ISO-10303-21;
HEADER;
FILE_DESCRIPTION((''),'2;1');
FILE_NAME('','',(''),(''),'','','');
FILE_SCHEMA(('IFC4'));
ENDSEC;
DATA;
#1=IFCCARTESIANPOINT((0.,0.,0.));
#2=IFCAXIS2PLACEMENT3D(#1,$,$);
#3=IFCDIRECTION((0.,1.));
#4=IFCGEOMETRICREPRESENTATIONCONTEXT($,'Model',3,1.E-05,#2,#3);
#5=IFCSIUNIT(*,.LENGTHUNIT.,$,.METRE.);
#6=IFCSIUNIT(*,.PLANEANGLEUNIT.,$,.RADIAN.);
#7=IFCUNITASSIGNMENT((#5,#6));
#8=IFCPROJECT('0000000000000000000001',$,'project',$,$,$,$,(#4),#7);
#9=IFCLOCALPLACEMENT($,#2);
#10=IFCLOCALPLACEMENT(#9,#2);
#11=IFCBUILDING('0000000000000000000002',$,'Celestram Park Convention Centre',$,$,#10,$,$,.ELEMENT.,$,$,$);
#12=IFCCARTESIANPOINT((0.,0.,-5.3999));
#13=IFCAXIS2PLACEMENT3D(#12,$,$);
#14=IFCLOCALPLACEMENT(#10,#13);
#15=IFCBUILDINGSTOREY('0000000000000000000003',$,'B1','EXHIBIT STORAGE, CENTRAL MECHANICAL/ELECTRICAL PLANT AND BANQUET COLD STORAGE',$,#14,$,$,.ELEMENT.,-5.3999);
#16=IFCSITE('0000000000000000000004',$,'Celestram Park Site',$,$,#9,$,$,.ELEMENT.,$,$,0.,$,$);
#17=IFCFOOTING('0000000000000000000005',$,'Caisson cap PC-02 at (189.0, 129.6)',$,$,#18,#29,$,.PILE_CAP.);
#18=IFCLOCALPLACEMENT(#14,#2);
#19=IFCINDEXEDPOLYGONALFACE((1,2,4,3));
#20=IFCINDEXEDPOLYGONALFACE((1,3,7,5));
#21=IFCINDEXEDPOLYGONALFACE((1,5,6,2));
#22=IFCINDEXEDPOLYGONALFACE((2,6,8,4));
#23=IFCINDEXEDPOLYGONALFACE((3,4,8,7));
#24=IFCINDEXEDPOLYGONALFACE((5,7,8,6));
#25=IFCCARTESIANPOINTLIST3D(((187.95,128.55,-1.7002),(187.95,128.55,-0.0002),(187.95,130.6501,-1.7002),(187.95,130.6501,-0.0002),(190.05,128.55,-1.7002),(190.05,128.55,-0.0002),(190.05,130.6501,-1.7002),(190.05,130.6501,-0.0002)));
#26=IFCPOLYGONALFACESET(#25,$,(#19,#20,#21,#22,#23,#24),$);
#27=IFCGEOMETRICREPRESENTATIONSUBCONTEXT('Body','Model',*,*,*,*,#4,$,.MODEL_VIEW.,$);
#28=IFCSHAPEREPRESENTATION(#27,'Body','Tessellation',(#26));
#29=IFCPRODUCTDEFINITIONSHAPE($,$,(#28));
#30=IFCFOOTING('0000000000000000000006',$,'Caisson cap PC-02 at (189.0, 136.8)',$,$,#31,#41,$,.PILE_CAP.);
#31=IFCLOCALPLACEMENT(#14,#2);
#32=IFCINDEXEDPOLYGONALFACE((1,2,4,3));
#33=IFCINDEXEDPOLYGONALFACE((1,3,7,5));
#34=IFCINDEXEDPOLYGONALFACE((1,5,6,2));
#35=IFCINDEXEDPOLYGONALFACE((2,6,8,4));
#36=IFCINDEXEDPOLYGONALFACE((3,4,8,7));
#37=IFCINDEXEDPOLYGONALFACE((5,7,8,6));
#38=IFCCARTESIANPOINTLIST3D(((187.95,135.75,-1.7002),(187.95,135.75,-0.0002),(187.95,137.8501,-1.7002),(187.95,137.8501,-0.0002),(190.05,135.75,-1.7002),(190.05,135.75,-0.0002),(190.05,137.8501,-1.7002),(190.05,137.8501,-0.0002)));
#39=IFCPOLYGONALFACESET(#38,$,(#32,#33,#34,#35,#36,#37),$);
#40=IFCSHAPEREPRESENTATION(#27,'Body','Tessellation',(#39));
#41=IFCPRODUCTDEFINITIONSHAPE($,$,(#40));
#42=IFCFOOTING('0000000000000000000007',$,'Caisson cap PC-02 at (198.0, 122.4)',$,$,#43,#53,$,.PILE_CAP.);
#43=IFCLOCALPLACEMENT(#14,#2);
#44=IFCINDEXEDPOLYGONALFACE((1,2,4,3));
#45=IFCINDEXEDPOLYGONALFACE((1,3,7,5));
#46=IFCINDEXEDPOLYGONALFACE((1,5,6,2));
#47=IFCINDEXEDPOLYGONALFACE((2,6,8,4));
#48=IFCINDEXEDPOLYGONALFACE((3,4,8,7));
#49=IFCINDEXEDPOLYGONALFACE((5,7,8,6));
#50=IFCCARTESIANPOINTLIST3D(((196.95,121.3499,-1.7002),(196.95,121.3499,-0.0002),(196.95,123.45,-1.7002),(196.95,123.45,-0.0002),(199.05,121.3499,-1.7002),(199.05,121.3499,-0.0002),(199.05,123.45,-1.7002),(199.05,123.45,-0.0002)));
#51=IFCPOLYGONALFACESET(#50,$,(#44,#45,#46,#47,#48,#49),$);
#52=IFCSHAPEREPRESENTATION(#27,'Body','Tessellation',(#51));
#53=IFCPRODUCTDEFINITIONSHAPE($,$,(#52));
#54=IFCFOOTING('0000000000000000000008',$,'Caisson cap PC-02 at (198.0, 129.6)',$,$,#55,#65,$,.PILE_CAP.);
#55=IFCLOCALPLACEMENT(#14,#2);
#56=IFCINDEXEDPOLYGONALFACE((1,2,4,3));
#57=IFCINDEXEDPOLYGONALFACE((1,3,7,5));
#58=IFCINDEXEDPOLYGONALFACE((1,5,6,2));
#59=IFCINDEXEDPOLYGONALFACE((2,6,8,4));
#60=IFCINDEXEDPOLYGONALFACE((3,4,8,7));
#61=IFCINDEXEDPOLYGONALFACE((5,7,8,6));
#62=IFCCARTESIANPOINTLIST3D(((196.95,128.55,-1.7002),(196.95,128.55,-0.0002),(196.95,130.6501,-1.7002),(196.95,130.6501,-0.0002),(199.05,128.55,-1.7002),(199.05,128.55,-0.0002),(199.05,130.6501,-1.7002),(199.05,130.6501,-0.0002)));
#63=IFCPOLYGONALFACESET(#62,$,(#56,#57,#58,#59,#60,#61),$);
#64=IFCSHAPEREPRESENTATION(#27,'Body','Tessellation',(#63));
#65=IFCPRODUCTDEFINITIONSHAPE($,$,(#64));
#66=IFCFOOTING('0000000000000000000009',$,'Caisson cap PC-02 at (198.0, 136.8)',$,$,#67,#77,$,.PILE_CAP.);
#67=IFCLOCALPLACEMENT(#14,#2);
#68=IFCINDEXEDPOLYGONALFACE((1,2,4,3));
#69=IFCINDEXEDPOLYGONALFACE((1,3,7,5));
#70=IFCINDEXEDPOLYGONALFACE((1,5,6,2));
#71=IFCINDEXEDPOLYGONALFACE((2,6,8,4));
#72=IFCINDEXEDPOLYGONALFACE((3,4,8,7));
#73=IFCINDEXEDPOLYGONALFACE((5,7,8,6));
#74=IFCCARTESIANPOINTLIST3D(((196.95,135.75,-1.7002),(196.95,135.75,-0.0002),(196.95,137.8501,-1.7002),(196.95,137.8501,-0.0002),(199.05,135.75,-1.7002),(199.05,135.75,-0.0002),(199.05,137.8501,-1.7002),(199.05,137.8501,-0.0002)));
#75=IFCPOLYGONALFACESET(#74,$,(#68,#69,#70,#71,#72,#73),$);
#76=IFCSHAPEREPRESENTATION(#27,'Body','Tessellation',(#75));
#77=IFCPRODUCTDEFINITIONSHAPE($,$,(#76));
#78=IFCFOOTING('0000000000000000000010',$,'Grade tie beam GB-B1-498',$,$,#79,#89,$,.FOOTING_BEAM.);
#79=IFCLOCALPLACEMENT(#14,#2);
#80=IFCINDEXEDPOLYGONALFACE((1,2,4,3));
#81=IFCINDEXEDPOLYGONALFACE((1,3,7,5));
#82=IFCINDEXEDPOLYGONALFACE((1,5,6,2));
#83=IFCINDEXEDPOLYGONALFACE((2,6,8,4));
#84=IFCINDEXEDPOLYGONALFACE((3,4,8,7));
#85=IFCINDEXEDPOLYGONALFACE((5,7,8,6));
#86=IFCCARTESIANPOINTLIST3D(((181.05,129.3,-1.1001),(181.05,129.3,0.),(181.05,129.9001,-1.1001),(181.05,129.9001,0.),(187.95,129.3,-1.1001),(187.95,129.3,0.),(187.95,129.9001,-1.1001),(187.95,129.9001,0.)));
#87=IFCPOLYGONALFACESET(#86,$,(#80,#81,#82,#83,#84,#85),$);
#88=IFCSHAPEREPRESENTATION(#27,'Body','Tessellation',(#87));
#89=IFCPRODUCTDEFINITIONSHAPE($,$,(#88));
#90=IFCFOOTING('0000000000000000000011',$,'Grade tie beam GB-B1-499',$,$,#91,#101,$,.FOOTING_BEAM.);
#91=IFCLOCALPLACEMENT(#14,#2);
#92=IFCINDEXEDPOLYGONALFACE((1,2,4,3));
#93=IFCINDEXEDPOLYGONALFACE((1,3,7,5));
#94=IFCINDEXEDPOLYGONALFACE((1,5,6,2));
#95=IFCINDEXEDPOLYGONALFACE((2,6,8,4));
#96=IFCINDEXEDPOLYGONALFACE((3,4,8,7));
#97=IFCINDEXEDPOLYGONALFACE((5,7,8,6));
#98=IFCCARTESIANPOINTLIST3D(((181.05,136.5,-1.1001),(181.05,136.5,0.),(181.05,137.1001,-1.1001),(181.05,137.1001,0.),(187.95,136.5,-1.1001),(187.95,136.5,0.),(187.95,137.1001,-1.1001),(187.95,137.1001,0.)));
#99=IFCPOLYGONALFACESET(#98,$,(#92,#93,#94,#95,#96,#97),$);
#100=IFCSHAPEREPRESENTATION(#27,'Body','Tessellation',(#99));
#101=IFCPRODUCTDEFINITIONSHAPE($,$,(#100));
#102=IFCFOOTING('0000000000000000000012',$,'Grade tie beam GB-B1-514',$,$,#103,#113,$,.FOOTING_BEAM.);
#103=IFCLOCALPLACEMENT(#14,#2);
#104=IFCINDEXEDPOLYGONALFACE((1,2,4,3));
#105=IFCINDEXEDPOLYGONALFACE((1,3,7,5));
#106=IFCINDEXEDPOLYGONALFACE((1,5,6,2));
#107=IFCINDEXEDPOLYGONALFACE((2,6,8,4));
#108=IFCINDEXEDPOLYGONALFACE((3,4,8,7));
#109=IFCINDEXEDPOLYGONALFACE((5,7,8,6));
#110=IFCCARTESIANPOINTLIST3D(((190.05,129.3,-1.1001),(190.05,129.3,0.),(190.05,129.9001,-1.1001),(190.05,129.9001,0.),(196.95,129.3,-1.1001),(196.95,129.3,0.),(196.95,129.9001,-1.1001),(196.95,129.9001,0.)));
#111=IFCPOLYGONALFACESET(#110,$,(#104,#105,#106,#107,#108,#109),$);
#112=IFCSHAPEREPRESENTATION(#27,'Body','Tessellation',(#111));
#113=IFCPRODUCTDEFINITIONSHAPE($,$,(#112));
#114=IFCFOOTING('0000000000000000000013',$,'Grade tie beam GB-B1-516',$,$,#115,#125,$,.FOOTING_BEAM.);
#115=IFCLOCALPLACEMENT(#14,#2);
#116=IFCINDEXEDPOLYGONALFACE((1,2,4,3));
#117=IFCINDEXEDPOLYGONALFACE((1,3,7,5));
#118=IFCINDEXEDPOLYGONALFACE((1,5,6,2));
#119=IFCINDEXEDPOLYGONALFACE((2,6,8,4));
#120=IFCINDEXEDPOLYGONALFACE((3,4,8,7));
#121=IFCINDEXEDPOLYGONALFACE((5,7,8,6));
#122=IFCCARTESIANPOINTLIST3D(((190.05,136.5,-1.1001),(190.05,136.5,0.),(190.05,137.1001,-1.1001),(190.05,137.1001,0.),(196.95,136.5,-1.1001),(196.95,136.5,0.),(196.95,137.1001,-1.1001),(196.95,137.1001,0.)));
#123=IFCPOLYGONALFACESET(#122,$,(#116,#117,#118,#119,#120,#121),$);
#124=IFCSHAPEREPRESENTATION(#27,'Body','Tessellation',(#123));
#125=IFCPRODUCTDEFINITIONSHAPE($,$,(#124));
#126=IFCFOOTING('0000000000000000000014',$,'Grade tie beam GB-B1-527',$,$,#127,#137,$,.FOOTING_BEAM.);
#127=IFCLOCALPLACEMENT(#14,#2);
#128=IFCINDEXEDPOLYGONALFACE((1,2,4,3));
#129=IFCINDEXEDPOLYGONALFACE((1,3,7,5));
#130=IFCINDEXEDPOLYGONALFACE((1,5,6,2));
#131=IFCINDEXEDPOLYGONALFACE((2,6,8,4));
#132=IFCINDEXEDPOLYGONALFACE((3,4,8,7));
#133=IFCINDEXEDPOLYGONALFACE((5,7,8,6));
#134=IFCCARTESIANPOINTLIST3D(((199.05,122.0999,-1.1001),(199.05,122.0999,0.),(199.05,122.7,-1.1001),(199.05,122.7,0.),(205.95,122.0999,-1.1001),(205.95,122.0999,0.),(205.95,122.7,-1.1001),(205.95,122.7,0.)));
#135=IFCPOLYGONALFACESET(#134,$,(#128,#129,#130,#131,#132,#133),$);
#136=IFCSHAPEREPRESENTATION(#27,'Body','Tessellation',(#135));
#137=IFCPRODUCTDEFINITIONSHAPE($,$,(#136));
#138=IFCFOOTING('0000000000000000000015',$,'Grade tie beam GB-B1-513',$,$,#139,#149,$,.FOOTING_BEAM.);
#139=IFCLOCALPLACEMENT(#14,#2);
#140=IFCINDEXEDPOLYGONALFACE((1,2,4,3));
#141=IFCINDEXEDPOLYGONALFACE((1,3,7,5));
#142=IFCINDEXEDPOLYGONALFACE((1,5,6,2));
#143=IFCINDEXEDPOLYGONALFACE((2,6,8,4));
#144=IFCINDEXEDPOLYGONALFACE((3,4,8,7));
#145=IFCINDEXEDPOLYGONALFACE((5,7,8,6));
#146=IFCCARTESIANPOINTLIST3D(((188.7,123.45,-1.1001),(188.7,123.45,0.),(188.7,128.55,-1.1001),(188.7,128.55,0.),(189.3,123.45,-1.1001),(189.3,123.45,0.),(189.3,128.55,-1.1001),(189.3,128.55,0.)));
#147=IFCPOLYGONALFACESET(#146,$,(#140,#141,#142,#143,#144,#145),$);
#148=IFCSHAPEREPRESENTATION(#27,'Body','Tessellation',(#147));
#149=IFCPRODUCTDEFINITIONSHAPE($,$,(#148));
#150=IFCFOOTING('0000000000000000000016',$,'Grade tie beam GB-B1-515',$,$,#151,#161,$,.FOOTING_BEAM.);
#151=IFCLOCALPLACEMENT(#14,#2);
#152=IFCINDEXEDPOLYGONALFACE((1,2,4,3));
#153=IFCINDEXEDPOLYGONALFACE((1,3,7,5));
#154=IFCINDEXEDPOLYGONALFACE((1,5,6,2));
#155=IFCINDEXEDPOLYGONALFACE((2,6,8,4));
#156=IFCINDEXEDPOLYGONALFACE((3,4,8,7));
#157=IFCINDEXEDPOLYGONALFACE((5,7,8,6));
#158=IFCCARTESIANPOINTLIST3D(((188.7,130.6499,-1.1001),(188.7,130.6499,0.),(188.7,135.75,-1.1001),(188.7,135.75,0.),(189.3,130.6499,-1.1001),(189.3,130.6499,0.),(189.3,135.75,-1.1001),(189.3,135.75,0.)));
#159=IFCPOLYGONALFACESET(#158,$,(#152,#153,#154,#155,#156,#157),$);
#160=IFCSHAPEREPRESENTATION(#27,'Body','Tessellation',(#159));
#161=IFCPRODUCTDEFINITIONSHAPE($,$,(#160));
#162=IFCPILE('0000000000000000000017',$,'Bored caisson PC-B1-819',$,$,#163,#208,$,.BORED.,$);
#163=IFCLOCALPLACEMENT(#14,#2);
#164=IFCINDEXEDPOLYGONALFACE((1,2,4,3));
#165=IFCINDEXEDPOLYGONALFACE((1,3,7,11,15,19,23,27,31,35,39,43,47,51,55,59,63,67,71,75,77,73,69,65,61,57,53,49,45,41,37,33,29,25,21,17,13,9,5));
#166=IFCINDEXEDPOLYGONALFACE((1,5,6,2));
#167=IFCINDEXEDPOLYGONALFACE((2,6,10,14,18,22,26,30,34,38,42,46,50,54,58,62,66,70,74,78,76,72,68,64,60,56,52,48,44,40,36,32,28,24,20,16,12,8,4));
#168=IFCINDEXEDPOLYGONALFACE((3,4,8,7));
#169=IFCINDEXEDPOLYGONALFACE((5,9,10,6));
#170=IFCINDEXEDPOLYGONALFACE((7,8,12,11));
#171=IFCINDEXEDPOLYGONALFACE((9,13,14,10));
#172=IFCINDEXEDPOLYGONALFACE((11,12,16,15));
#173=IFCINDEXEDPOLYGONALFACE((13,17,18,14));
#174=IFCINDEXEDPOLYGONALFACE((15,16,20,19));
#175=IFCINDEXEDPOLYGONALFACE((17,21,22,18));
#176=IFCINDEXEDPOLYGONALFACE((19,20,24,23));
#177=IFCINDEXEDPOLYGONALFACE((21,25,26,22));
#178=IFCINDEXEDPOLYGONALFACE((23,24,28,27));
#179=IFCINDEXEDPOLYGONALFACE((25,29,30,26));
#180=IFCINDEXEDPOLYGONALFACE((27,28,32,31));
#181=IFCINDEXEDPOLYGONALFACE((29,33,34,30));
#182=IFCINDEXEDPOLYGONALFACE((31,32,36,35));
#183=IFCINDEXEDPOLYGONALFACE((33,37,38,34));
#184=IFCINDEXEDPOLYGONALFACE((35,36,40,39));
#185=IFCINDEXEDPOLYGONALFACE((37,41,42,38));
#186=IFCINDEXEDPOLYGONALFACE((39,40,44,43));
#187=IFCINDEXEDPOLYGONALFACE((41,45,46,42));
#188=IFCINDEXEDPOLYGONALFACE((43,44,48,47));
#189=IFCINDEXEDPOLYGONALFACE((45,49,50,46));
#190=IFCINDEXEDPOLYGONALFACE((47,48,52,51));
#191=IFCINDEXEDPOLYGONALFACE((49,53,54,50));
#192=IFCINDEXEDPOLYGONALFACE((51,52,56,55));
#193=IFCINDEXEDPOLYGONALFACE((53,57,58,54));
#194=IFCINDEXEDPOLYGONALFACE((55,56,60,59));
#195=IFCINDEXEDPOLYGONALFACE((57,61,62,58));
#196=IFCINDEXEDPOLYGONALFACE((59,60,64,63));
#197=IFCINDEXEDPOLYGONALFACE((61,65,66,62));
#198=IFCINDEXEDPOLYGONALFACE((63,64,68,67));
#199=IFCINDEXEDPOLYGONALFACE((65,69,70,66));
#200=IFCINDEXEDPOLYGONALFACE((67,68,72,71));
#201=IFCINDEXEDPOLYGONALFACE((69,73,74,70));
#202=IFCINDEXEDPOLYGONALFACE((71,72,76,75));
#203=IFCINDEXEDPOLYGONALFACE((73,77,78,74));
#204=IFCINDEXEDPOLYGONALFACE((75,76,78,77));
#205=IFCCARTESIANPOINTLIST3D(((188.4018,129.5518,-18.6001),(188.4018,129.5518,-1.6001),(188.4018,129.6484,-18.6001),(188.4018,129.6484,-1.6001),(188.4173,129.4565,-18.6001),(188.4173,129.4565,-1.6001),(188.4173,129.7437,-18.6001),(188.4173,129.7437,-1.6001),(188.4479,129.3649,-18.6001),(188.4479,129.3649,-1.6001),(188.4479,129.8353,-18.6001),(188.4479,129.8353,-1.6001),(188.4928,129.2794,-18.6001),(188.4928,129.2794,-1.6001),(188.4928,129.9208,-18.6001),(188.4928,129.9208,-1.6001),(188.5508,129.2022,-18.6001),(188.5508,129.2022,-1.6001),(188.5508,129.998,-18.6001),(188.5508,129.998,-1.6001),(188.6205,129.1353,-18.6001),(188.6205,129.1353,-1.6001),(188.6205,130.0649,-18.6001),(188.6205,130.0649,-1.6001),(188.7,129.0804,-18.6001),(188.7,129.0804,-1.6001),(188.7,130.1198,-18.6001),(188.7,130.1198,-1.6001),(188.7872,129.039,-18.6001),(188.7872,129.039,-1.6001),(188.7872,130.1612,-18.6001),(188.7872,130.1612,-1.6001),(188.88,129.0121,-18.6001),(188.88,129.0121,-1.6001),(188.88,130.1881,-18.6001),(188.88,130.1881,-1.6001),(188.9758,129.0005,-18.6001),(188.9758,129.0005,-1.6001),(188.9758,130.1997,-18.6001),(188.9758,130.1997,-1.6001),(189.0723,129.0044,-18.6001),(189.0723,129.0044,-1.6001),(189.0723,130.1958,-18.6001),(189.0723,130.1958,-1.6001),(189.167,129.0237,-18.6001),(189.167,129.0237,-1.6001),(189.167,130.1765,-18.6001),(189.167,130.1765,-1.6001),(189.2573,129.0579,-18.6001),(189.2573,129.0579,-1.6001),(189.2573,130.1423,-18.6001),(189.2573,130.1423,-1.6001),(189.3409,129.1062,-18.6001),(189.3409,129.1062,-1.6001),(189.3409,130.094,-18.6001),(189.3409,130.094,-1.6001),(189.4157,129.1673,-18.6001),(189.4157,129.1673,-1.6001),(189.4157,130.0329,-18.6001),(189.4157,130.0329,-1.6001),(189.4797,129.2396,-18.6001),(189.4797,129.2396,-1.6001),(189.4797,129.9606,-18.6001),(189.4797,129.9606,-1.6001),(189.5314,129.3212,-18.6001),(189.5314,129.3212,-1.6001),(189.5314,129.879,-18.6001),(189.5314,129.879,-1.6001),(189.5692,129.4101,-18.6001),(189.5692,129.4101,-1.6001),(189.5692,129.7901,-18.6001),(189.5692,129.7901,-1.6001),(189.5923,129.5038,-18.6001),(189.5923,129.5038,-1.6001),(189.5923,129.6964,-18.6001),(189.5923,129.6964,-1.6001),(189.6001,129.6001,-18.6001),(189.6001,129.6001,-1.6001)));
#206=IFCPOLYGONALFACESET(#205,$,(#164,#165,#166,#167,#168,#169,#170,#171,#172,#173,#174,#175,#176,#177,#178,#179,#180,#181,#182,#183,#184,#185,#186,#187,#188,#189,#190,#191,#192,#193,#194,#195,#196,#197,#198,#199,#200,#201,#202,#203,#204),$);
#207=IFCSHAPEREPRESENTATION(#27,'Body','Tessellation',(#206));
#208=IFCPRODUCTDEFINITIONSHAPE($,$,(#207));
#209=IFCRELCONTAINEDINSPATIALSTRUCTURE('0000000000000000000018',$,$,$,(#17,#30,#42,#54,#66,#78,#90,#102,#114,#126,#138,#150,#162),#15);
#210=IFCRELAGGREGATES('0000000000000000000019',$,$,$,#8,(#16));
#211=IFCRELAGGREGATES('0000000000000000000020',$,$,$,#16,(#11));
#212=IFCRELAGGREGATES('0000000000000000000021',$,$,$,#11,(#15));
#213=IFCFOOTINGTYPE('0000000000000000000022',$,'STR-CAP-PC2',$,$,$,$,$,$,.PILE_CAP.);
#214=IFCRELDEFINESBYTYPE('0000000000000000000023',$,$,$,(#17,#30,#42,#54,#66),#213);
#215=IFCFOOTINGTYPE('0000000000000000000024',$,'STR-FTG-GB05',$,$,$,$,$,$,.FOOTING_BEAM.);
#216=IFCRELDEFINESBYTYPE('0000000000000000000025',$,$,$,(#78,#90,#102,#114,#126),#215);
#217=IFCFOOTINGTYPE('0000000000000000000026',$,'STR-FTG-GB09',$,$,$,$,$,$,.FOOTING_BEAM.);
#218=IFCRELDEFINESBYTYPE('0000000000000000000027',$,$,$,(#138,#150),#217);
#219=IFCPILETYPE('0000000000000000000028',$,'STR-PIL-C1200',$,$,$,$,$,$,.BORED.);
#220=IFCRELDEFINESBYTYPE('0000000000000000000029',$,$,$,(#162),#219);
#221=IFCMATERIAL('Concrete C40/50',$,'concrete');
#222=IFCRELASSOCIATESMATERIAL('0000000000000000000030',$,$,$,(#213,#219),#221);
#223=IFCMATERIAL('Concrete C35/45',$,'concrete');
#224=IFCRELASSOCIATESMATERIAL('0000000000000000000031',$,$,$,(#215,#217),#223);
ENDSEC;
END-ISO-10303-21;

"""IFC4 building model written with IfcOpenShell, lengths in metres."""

from ifc_helpers import new_model, si_unit, direction, frame, origin, origin_2d, place, context, subcontext, project, spatial, rectangle, circle, extrude, material, material_profile, profile_set, type_object, element, save


model = new_model("IFC4")

# Units and contexts
model_context = context("Model", 3, precision=1e-05, world=origin(), true_north=direction((0.0, 1.0)))
body_context = subcontext(model_context, "Body", "Model", "MODEL_VIEW")
ifc_project = project(units=[si_unit("LENGTHUNIT", "METRE"), si_unit("PLANEANGLEUNIT", "RADIAN")], contexts=[model_context])

# Site, building, storey
site_placement = place(None, origin())
site = spatial("IfcSite", under=ifc_project, at=site_placement, Name="Celestram Park Site", CompositionType="ELEMENT", RefElevation=0.0)
building_placement = place(site_placement, origin())
building = spatial("IfcBuilding", under=site, at=building_placement, Name="Celestram Park Convention Centre", CompositionType="ELEMENT")
storey_placement = place(building_placement, frame((0.0, 0.0, -5.3999)))
storey = spatial("IfcBuildingStorey", under=building, at=storey_placement, Name="B1", Description="EXHIBIT STORAGE, CENTRAL MECHANICAL/ELECTRICAL PLANT AND BANQUET COLD STORAGE", CompositionType="ELEMENT", Elevation=-5.3999)

# Footings
ifc_material_1 = material(Name="Concrete C40/50", Category="concrete")
footing_type_1 = type_object("IfcFootingType", Name="STR-CAP-PC2", PredefinedType="PILE_CAP", material=ifc_material_1)
for number, where, z_axis, x_axis, name in (
    (1, (189.0, 129.6001, -1.7002), (0.0, 0.0, 1.0), (1.0, 0.0, 0.0), "Caisson cap PC-02 at (189.0, 129.6)"),
    (2, (189.0, 136.8, -1.7002), (0.0, 0.0, 1.0), (1.0, 0.0, 0.0), "Caisson cap PC-02 at (189.0, 136.8)"),
    (3, (198.0, 122.3999, -1.7002), (0.0, 0.0, 1.0), (1.0, 0.0, 0.0), "Caisson cap PC-02 at (198.0, 122.4)"),
    (4, (198.0, 129.6001, -1.7002), (0.0, 0.0, 1.0), (1.0, 0.0, 0.0), "Caisson cap PC-02 at (198.0, 129.6)"),
    (5, (198.0, 136.8, -1.7002), (0.0, 0.0, 1.0), (1.0, 0.0, 0.0), "Caisson cap PC-02 at (198.0, 136.8)"),
):
    element("IfcFooting", number, at=place(storey_placement, frame(where, z_axis=z_axis, x_axis=x_axis)), inside=storey, type_object=footing_type_1, Name=name, PredefinedType="PILE_CAP", context=body_context, shape_type="SweptSolid", body=[
        extrude(rectangle(XDim=2.1001, YDim=2.1001, at=origin_2d()), origin(), (0.0, 0.0, 1.0), 1.7),
    ])
ifc_material_2 = material(Name="Concrete C35/45", Category="concrete")
footing_type_2 = type_object("IfcFootingType", Name="STR-FTG-GB05", PredefinedType="FOOTING_BEAM", material=ifc_material_2)
for number, where, z_axis, x_axis, name in (
    (6, (184.5, 129.6001, -1.1001), (0.0, 0.0, 1.0), (1.0, 0.0, 0.0), "Grade tie beam GB-B1-498"),
    (7, (184.5, 136.8, -1.1001), (0.0, 0.0, 1.0), (1.0, 0.0, 0.0), "Grade tie beam GB-B1-499"),
    (8, (193.5, 129.6001, -1.1001), (0.0, 0.0, 1.0), (1.0, 0.0, 0.0), "Grade tie beam GB-B1-514"),
    (9, (193.5, 136.8, -1.1001), (0.0, 0.0, 1.0), (1.0, 0.0, 0.0), "Grade tie beam GB-B1-516"),
    (10, (202.5, 122.3999, -1.1001), (0.0, 0.0, 1.0), (1.0, 0.0, 0.0), "Grade tie beam GB-B1-527"),
):
    element("IfcFooting", number, at=place(storey_placement, frame(where, z_axis=z_axis, x_axis=x_axis)), inside=storey, type_object=footing_type_2, Name=name, PredefinedType="FOOTING_BEAM", context=body_context, shape_type="SweptSolid", body=[
        extrude(rectangle(XDim=6.8999, YDim=0.6001, at=origin_2d()), origin(), (0.0, 0.0, 1.0), 1.1001),
    ])
footing_type_3 = type_object("IfcFootingType", Name="STR-FTG-GB09", PredefinedType="FOOTING_BEAM", material=ifc_material_2)
for number, where, z_axis, x_axis, name in (
    (11, (189.0, 126.0, -1.1001), (0.0, 0.0, 1.0), (0.0, 1.0, 0.0), "Grade tie beam GB-B1-513"),
    (12, (189.0, 133.2, -1.1001), (0.0, 0.0, 1.0), (0.0, 1.0, 0.0), "Grade tie beam GB-B1-515"),
):
    element("IfcFooting", number, at=place(storey_placement, frame(where, z_axis=z_axis, x_axis=x_axis)), inside=storey, type_object=footing_type_3, Name=name, PredefinedType="FOOTING_BEAM", context=body_context, shape_type="SweptSolid", body=[
        extrude(rectangle(XDim=5.1001, YDim=0.6001, at=origin_2d()), origin(), (0.0, 0.0, 1.0), 1.1001),
    ])

# Pile
ifc_material_profile_1 = material_profile(ifc_material_1, circle(Radius=0.6001, at=origin_2d()), Name="CAISSON1200")
ifc_profile_set_1 = profile_set([ifc_material_profile_1], Name="Concrete C40/50")
pile_type = type_object("IfcPileType", Name="STR-PIL-C1200", PredefinedType="BORED", material=ifc_profile_set_1)
for number, where, z_axis, x_axis, name in (
    (13, (189.0, 129.6001, -1.6001), (0.0, 0.0, -1.0), (1.0, 0.0, 0.0), "Bored caisson PC-B1-819"),
):
    element("IfcPile", number, at=place(storey_placement, frame(where, z_axis=z_axis, x_axis=x_axis)), inside=storey, type_object=pile_type, Name=name, PredefinedType="BORED", context=body_context, shape_type="SweptSolid", body=[
        extrude(circle(Radius=0.6001, at=origin_2d()), origin(), (0.0, 0.0, 1.0), 17.0),
    ])

save(model, "model.ifc")
